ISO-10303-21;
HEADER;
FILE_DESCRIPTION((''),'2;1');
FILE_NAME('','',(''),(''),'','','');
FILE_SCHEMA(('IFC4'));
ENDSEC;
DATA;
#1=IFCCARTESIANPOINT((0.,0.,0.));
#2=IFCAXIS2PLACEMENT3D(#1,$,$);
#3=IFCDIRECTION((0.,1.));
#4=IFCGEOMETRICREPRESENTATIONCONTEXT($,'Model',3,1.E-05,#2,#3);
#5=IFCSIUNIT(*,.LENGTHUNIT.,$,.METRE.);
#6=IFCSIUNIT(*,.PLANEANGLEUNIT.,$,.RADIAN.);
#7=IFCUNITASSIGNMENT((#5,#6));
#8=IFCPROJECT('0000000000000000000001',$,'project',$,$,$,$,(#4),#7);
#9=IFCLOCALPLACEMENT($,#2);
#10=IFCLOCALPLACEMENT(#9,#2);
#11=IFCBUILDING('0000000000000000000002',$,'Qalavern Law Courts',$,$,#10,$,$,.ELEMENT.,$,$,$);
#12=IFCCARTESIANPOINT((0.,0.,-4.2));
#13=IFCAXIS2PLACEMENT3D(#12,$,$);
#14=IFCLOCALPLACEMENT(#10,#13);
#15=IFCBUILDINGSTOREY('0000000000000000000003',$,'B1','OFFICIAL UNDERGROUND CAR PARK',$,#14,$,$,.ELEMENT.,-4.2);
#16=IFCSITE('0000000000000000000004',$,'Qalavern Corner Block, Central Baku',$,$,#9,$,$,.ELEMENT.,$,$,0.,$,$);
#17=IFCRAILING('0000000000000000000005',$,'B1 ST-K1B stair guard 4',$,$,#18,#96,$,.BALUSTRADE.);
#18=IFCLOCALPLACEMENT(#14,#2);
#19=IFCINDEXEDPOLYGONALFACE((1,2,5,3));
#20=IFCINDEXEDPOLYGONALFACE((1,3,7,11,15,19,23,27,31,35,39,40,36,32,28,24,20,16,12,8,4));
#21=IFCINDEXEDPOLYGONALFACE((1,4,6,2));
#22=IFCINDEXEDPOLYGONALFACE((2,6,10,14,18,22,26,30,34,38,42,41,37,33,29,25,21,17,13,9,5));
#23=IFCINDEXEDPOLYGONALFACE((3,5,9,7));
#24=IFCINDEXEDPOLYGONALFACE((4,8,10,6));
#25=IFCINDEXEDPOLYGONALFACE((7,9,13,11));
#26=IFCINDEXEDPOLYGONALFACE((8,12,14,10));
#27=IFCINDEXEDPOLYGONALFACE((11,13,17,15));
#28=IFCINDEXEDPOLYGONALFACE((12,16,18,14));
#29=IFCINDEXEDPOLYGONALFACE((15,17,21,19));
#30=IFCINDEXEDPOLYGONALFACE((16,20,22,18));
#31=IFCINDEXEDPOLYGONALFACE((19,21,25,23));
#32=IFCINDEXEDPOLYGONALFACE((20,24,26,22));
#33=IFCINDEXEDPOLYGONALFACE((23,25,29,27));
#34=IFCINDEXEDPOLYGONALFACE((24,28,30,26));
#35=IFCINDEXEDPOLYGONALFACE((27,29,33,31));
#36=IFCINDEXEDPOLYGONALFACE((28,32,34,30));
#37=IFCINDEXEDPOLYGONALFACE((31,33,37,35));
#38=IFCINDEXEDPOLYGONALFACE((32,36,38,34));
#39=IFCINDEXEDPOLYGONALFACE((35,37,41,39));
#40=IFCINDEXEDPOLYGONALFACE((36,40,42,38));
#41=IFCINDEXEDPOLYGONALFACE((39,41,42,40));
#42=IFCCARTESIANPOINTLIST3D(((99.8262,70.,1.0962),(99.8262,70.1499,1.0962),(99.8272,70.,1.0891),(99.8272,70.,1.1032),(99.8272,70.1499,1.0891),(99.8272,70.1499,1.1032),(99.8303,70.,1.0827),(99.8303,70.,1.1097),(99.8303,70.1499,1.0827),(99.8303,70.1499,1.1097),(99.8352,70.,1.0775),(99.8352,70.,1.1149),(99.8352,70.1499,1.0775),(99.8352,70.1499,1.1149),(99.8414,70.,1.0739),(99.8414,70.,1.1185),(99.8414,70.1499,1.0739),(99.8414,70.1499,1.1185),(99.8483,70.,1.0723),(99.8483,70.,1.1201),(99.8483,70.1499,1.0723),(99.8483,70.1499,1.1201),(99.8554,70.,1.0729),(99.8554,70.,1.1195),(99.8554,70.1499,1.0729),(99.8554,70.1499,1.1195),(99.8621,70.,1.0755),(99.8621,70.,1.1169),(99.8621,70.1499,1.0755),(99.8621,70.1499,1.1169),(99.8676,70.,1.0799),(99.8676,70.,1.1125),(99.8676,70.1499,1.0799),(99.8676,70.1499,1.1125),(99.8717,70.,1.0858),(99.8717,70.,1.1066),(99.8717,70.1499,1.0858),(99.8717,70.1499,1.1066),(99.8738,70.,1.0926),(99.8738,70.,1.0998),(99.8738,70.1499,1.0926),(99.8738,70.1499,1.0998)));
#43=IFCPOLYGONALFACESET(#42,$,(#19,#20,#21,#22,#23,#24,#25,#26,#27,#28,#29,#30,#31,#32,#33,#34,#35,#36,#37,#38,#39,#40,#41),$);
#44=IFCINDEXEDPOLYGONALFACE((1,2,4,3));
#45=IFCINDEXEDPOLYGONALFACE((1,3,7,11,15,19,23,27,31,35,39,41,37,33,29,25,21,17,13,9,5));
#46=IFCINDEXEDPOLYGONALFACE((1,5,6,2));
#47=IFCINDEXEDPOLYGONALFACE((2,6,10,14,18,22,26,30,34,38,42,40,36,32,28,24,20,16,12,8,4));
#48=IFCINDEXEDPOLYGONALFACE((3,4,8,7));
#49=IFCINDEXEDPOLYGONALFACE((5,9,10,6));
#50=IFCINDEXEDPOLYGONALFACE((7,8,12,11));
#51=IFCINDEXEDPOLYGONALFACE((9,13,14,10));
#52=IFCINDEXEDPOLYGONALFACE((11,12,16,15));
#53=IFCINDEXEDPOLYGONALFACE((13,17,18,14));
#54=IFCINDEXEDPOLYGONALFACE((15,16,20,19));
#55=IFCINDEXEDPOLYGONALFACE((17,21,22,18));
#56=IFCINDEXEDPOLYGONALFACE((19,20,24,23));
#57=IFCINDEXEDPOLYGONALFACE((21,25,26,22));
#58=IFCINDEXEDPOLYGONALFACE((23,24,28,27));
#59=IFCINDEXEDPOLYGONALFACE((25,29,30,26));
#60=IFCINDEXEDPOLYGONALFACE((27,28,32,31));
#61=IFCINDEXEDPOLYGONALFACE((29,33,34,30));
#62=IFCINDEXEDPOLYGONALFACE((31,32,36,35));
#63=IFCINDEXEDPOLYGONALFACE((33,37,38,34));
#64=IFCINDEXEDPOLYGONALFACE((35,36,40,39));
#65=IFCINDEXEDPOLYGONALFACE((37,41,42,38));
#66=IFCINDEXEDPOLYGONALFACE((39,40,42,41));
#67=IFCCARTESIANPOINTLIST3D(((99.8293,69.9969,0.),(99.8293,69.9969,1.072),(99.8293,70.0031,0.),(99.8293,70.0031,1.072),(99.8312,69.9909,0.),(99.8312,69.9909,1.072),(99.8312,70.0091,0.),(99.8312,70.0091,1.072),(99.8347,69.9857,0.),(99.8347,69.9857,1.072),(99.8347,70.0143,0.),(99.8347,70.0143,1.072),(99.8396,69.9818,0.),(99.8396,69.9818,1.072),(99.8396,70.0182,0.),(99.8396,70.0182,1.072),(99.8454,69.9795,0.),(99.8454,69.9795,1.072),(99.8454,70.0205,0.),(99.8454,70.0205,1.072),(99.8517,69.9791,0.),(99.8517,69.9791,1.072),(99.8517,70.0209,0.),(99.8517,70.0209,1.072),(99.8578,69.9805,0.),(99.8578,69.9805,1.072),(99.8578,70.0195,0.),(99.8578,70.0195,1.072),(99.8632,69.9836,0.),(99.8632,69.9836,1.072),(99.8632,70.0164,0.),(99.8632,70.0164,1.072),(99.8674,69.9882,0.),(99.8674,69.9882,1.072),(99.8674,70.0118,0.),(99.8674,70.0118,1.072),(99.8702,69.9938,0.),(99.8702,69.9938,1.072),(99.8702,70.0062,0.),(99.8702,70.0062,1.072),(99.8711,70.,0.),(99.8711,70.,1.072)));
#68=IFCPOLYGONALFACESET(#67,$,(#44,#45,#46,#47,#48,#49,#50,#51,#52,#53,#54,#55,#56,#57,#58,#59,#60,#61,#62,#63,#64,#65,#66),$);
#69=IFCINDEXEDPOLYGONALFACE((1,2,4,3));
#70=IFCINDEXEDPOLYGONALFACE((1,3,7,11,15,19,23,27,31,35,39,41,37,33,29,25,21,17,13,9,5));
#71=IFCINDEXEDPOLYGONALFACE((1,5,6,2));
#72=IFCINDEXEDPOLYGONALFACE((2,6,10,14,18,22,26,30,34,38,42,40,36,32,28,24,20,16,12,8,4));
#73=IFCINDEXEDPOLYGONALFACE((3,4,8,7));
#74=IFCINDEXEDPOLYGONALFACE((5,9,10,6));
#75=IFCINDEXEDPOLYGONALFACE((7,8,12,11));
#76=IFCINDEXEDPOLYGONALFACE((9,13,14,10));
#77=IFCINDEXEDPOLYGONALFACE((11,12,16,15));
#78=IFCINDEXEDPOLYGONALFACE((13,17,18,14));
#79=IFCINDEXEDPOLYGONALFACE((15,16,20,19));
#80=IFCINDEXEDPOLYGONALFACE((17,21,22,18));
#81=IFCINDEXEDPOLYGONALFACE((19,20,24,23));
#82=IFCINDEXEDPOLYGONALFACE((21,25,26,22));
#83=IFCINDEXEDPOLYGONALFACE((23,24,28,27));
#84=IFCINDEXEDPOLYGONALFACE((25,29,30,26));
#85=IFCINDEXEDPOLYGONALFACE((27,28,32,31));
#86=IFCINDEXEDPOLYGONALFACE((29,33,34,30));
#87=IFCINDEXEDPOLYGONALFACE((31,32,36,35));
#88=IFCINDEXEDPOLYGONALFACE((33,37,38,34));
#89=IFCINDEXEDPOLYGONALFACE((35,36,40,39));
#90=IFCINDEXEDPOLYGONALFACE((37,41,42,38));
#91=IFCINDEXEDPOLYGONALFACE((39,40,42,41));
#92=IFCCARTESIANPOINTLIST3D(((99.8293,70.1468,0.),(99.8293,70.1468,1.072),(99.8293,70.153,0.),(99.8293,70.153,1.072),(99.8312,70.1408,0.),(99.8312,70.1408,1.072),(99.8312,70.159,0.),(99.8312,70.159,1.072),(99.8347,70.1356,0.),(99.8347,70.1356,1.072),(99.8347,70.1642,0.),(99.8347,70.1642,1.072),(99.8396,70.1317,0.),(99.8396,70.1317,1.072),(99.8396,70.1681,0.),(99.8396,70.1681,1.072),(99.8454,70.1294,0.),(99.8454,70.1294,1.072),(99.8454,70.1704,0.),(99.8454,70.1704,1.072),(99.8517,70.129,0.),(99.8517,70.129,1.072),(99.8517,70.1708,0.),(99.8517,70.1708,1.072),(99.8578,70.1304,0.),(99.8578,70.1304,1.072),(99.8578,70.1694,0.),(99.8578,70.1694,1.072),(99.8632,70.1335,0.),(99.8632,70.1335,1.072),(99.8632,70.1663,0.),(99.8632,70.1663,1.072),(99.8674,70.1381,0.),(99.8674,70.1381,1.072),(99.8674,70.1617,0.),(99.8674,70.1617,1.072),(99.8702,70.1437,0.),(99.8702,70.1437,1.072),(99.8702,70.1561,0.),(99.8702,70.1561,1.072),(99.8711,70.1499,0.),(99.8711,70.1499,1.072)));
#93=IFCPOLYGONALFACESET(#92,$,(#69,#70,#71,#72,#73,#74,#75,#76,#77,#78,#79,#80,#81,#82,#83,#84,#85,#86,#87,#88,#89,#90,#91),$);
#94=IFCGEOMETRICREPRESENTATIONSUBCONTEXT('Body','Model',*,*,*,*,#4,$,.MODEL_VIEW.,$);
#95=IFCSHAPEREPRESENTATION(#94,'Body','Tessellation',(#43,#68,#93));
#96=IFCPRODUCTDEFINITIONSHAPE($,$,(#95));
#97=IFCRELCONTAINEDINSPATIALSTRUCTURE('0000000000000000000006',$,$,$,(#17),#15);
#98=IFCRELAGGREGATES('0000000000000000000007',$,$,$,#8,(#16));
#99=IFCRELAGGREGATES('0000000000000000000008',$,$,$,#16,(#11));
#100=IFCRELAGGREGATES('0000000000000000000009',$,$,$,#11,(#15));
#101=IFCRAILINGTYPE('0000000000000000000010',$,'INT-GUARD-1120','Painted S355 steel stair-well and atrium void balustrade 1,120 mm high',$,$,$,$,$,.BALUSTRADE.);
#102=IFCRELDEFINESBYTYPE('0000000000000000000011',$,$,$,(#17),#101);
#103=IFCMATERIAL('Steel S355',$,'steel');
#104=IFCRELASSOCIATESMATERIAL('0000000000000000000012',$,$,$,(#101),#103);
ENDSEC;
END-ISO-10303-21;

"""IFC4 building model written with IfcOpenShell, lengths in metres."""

from ifc_helpers import new_model, si_unit, direction, frame, origin, origin_2d, place, context, subcontext, project, spatial, circle, extrude, material, type_object, element, save


model = new_model("IFC4")

# Units and contexts
model_context = context("Model", 3, precision=1e-05, world=origin(), true_north=direction((0.0, 1.0)))
body_context = subcontext(model_context, "Body", "Model", "MODEL_VIEW")
ifc_project = project(units=[si_unit("LENGTHUNIT", "METRE"), si_unit("PLANEANGLEUNIT", "RADIAN")], contexts=[model_context])

# Site, building, storey
site_placement = place(None, origin())
site = spatial("IfcSite", under=ifc_project, at=site_placement, Name="Qalavern Corner Block, Central Baku", CompositionType="ELEMENT", RefElevation=0.0)
building_placement = place(site_placement, origin())
building = spatial("IfcBuilding", under=site, at=building_placement, Name="Qalavern Law Courts", CompositionType="ELEMENT")
storey_placement = place(building_placement, frame((0.0, 0.0, -4.2)))
storey = spatial("IfcBuildingStorey", under=building, at=storey_placement, Name="B1", Description="OFFICIAL UNDERGROUND CAR PARK", CompositionType="ELEMENT", Elevation=-4.2)

# Shared definitions
ifc_material_1 = material(Name="Steel S355", Category="steel")

# Railing
railing_type_1 = type_object("IfcRailingType", Name="INT-GUARD-1120", Description="Painted S355 steel stair-well and atrium void balustrade 1,120 mm high", PredefinedType="BALUSTRADE", material=ifc_material_1)
railing_1_placement = place(storey_placement, frame((99.8501, 70.0, 0.0)))
element("IfcRailing", 1, at=railing_1_placement, inside=storey, type_object=railing_type_1, Name="B1 ST-K1B stair guard 4", PredefinedType="BALUSTRADE", context=body_context, shape_type="SweptSolid", body=[
    extrude(circle(Radius=0.0239, at=origin_2d()), frame((0.0, 0.0, 1.0962), z_axis=(0.0, 1.0, 0.0), x_axis=(-1.0, 0.0, 0.0)), (0.0, 0.0, 1.0), 0.1499),
    extrude(circle(Radius=0.021, at=origin_2d()), origin(), (0.0, 0.0, 1.0), 1.072),
    extrude(circle(Radius=0.021, at=origin_2d()), frame((0.0, 0.1499, 0.0)), (0.0, 0.0, 1.0), 1.072),
])

save(model, "model.ifc")
